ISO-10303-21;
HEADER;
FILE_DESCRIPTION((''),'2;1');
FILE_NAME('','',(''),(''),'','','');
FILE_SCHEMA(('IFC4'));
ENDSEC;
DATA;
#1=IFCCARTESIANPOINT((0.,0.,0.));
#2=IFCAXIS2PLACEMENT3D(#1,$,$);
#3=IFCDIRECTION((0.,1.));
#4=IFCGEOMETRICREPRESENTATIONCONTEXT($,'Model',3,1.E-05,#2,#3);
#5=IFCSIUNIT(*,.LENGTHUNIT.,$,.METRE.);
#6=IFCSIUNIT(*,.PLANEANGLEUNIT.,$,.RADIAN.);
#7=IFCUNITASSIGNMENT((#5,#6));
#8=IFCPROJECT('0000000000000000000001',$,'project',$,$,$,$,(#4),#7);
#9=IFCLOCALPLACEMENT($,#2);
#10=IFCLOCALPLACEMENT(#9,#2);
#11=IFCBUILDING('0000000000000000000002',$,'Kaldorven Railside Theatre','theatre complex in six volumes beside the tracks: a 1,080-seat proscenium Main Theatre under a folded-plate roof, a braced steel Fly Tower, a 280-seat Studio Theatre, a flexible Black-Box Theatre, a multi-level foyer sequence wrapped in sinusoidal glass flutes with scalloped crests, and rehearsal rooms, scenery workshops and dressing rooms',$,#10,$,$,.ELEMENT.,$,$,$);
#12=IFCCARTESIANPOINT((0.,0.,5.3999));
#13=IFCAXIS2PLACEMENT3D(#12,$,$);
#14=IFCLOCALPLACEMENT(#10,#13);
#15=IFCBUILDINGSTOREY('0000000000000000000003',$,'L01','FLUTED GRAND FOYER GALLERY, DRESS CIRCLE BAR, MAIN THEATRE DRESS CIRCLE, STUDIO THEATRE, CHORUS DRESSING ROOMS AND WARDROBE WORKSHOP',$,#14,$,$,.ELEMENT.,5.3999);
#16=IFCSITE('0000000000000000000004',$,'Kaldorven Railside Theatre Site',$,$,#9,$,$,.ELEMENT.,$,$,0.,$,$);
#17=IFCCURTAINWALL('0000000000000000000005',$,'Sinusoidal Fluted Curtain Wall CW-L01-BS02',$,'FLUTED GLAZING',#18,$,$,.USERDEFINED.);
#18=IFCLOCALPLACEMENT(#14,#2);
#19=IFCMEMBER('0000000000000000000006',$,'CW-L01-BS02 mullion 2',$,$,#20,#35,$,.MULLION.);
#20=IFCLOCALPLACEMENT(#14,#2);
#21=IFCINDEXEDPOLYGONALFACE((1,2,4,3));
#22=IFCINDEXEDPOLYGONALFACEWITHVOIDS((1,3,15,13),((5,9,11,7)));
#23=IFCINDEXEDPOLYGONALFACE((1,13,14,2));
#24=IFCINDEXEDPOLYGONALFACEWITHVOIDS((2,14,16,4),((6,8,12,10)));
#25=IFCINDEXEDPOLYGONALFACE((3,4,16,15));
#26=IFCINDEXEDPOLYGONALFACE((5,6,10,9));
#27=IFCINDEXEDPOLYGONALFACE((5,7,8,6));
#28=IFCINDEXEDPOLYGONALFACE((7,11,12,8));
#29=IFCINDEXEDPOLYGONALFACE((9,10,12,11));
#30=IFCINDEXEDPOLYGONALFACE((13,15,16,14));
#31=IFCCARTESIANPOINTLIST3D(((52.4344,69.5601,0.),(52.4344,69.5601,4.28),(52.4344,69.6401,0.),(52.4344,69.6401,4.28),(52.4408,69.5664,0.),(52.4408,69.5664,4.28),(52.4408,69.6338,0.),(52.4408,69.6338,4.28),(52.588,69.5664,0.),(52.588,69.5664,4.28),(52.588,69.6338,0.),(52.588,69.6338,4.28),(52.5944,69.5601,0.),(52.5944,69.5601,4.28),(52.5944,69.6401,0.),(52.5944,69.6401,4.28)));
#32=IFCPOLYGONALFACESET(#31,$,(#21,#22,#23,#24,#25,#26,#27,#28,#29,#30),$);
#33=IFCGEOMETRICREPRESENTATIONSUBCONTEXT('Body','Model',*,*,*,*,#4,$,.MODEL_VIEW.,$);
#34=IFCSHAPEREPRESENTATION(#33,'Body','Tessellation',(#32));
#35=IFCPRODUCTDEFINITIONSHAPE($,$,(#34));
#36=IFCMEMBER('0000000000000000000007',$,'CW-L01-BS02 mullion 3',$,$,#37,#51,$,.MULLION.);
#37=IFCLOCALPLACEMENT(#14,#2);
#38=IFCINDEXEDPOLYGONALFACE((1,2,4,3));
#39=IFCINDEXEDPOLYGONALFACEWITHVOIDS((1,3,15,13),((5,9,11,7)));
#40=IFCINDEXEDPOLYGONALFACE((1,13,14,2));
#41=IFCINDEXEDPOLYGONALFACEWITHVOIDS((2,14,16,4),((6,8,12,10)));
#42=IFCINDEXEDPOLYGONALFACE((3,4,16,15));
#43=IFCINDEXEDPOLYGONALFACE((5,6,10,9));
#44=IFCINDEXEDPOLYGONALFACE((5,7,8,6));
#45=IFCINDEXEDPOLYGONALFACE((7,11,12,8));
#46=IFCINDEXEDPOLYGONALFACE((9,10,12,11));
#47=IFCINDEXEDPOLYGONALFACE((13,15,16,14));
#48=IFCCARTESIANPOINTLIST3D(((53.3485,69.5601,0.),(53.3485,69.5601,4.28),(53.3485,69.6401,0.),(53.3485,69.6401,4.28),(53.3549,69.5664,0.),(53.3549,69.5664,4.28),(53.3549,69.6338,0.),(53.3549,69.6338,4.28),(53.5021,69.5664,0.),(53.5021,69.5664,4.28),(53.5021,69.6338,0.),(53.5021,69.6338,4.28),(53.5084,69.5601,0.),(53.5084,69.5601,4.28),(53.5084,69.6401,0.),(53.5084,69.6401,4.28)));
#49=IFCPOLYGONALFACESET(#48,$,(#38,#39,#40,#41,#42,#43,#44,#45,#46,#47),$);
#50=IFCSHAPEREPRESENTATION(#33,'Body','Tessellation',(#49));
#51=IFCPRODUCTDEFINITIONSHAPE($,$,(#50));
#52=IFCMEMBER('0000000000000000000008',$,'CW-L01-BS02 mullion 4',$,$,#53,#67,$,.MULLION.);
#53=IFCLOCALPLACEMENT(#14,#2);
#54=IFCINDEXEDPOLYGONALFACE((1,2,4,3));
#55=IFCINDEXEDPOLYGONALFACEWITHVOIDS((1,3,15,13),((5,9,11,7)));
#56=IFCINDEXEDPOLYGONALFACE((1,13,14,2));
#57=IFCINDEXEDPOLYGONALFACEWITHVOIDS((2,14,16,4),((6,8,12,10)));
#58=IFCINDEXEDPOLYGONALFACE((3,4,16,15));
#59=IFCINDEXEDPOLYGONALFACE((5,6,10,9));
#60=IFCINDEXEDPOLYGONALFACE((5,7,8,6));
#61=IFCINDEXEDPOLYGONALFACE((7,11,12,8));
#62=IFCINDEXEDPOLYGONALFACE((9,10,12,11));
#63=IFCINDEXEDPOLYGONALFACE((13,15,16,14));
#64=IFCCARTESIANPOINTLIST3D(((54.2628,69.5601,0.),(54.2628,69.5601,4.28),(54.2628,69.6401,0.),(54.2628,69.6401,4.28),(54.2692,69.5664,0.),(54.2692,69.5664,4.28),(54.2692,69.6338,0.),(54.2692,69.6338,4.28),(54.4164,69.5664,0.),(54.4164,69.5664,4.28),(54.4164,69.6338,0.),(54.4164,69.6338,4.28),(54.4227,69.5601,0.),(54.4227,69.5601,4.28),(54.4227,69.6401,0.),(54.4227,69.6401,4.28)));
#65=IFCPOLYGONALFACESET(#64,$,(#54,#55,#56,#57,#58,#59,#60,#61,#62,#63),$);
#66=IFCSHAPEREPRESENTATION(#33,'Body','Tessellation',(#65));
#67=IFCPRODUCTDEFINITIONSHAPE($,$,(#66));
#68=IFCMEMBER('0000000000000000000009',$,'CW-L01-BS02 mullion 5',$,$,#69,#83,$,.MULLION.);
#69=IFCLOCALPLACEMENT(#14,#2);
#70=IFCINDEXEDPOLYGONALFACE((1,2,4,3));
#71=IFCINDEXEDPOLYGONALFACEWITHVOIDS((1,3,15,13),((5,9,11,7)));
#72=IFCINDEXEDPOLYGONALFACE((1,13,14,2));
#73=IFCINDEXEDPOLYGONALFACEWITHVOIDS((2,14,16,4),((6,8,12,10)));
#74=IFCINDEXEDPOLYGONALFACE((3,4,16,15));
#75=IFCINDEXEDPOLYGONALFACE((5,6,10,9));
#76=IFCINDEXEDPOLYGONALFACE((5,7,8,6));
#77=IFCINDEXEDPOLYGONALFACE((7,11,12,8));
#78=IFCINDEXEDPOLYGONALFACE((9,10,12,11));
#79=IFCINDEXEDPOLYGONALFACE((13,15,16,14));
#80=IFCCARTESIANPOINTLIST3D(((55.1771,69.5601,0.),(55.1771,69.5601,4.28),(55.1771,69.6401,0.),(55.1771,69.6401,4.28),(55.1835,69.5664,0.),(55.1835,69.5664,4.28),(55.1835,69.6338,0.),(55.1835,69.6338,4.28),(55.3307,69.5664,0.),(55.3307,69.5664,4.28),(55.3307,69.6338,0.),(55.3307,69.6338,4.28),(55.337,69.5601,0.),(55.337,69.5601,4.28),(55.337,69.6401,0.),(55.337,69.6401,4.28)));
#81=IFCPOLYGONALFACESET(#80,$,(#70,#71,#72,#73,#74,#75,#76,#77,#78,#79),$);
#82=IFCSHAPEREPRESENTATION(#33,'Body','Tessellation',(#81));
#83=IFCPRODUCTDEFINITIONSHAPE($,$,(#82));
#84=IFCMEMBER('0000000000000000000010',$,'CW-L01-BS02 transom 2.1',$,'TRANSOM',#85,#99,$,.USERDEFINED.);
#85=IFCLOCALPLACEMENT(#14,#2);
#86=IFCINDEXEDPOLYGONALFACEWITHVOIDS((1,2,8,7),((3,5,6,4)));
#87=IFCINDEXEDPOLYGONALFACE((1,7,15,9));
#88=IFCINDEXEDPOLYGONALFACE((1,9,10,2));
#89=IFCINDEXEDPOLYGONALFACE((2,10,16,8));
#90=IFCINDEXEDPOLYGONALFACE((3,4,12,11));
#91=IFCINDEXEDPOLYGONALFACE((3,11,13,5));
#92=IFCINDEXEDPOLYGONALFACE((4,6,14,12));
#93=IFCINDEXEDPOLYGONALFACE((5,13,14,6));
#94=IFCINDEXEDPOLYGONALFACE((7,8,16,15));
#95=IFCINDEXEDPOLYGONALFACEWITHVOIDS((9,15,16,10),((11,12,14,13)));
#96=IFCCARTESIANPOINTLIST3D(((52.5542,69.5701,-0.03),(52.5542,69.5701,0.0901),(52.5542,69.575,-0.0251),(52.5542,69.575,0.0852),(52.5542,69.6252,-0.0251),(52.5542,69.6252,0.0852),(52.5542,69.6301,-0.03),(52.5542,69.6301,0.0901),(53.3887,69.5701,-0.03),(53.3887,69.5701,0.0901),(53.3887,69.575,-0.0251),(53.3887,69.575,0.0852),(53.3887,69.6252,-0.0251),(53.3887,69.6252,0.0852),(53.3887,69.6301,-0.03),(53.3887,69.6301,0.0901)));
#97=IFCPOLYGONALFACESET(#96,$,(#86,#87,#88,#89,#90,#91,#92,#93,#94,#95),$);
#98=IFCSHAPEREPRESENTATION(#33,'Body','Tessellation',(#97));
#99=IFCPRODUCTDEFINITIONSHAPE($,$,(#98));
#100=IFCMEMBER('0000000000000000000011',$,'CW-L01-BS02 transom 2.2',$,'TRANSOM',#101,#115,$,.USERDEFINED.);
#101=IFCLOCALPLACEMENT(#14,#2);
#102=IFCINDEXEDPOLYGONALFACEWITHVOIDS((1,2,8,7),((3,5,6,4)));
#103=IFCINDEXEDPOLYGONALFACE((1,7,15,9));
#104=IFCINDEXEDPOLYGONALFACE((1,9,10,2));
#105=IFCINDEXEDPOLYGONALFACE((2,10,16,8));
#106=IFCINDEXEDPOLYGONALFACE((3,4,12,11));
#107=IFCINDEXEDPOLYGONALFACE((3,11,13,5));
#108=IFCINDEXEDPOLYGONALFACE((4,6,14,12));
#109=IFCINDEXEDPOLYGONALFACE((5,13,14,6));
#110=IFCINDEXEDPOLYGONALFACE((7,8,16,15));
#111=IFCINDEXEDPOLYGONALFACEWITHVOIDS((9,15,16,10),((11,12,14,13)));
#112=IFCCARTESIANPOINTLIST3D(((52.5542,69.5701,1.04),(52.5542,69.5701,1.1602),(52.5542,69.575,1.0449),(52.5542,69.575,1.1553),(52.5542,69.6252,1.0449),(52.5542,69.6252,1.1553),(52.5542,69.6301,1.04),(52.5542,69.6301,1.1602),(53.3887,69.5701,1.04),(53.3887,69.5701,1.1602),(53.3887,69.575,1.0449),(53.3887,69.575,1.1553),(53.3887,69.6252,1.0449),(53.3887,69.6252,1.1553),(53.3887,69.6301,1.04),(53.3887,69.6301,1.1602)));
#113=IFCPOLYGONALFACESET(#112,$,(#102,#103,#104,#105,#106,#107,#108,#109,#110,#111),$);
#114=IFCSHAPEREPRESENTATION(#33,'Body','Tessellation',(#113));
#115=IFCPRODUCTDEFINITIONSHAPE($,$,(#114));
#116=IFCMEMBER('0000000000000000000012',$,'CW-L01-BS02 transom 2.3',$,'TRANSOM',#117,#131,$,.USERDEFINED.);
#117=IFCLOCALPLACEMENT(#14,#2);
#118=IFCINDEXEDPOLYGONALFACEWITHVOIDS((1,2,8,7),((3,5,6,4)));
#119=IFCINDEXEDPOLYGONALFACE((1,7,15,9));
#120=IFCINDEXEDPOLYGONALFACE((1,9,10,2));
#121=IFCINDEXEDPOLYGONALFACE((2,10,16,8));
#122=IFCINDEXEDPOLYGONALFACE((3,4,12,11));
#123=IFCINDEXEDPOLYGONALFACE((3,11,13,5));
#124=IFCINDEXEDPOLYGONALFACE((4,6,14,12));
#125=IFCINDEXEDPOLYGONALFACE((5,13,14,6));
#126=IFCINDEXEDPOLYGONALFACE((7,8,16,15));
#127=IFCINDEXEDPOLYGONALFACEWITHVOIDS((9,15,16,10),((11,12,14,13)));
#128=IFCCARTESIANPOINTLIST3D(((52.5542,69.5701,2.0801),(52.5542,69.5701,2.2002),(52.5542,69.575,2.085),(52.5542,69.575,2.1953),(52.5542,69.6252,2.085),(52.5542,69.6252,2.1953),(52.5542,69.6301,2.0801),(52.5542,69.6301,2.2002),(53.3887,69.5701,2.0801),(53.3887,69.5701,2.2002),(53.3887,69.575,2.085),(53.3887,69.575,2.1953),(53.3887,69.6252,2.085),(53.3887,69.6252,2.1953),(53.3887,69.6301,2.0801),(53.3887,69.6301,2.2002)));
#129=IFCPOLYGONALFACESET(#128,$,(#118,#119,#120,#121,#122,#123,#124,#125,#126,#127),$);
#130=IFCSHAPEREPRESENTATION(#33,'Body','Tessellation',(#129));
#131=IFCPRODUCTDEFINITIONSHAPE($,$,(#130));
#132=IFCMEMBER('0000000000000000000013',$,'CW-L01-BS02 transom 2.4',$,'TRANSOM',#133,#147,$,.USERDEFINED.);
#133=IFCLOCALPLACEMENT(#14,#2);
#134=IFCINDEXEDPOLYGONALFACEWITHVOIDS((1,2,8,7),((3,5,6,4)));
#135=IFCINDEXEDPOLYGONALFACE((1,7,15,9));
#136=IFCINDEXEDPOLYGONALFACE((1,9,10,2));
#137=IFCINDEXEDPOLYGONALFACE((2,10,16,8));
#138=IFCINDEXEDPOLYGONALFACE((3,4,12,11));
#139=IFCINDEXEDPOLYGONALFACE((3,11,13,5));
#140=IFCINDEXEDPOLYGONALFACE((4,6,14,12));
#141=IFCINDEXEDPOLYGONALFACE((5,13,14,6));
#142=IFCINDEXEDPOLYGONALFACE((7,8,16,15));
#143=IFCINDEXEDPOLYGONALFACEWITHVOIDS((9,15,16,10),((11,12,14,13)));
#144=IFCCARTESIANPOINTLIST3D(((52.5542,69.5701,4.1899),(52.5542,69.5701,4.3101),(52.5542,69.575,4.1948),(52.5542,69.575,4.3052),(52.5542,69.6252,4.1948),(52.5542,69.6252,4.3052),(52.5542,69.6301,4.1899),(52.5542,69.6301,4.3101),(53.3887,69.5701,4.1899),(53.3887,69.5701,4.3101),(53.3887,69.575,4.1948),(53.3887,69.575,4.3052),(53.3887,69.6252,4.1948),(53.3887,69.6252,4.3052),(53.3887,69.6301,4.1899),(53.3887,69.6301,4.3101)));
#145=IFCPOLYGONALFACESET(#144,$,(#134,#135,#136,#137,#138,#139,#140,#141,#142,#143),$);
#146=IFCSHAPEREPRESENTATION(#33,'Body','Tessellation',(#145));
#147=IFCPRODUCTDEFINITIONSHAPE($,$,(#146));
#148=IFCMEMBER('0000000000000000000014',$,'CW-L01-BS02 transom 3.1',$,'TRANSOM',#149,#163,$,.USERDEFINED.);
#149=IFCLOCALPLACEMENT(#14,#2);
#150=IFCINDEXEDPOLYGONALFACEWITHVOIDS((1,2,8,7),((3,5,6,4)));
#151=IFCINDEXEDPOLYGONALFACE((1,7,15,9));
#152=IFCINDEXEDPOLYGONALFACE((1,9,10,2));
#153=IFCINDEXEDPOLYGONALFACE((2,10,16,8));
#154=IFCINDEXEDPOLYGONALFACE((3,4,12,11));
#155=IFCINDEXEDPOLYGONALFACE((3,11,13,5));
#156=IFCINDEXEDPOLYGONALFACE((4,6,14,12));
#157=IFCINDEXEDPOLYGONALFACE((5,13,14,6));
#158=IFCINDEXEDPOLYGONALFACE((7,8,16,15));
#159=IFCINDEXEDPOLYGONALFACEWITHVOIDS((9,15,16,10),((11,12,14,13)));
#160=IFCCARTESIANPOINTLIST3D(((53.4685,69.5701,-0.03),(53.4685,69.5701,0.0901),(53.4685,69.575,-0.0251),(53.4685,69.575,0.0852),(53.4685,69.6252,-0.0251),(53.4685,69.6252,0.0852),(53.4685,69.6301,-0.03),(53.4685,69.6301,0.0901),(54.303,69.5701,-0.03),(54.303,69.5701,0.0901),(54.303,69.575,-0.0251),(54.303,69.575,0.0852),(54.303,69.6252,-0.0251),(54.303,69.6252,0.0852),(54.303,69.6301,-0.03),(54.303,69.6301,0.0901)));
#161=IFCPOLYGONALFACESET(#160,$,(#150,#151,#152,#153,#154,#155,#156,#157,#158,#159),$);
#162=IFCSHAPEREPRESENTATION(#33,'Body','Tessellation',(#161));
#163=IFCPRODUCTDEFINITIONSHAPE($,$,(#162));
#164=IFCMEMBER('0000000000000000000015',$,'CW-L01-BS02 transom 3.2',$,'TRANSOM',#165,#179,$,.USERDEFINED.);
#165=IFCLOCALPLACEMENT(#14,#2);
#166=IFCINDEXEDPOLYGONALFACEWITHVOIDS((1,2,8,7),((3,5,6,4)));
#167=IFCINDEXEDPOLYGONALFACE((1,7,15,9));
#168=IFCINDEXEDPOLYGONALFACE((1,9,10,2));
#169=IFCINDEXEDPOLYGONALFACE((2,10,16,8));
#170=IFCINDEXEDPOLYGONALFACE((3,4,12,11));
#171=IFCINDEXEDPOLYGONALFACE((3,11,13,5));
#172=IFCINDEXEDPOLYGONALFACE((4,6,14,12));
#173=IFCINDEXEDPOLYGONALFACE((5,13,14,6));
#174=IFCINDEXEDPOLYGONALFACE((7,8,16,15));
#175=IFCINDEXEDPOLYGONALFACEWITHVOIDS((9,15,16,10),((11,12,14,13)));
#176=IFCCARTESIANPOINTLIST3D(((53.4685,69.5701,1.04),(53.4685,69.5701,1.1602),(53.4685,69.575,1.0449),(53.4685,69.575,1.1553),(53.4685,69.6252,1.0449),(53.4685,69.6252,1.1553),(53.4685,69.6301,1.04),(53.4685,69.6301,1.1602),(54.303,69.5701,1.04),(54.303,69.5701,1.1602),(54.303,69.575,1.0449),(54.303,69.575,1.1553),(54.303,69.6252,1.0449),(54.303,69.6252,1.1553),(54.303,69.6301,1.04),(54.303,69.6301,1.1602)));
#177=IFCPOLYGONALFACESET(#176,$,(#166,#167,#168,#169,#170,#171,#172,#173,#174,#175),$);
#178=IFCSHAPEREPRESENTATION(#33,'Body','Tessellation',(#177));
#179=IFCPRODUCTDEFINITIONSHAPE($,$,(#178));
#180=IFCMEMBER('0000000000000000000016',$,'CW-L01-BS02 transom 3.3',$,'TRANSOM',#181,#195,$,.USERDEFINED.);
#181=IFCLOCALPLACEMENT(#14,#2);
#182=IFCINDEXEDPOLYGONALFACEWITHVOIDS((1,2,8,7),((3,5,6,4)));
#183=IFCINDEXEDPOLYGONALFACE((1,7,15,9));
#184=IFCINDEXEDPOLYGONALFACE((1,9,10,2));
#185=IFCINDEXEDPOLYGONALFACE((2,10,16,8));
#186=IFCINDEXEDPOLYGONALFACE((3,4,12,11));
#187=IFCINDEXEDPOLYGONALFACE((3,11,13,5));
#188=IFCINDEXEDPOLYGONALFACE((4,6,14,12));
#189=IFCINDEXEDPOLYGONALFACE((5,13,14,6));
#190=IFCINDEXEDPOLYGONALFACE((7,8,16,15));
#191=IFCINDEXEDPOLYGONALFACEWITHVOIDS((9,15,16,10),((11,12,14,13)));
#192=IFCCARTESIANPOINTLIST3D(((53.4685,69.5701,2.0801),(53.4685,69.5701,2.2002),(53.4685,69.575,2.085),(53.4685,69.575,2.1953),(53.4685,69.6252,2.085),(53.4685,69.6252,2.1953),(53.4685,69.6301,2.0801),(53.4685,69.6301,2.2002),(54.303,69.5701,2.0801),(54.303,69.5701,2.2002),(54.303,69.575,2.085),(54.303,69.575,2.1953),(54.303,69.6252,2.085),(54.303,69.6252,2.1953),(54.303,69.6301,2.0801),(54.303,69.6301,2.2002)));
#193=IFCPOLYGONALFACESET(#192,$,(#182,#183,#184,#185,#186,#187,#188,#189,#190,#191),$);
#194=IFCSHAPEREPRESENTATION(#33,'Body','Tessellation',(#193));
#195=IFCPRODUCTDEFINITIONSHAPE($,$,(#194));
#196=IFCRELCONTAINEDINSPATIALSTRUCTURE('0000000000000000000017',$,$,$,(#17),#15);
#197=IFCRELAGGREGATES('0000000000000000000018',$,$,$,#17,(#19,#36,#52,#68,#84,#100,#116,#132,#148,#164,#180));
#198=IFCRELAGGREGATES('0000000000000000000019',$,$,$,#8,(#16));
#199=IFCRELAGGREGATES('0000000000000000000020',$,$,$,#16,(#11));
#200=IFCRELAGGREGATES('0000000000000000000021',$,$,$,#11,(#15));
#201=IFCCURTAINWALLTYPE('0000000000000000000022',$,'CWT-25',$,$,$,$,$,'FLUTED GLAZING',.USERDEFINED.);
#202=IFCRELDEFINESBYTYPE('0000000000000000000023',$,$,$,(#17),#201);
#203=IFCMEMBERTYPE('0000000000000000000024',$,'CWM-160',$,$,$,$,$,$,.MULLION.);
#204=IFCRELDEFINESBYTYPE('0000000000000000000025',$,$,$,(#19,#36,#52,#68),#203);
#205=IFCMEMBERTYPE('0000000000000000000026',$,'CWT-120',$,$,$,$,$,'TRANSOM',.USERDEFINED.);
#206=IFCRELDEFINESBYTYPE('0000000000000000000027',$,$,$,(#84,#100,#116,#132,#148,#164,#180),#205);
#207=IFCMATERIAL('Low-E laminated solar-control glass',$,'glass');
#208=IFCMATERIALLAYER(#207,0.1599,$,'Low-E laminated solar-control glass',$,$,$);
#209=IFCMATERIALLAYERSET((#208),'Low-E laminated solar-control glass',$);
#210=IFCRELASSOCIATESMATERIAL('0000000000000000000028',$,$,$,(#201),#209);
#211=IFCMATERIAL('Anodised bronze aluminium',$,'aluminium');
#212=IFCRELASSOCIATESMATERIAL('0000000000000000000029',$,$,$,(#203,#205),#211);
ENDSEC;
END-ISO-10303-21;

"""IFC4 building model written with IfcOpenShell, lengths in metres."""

from ifc_helpers import new_model, si_unit, direction, frame, origin, origin_2d, place, context, subcontext, project, spatial, hollow_rectangle, extrude, material, layer, layer_set, material_profile, profile_set, type_object, element, aggregate, save


model = new_model("IFC4")

# Units and contexts
model_context = context("Model", 3, precision=1e-05, world=origin(), true_north=direction((0.0, 1.0)))
body_context = subcontext(model_context, "Body", "Model", "MODEL_VIEW")
ifc_project = project(units=[si_unit("LENGTHUNIT", "METRE"), si_unit("PLANEANGLEUNIT", "RADIAN")], contexts=[model_context])

# Site, building, storey
site_placement = place(None, origin())
site = spatial("IfcSite", under=ifc_project, at=site_placement, Name="Kaldorven Railside Theatre Site", CompositionType="ELEMENT", RefElevation=0.0)
building_placement = place(site_placement, origin())
building = spatial("IfcBuilding", under=site, at=building_placement, Name="Kaldorven Railside Theatre", Description="theatre complex in six volumes beside the tracks: a 1,080-seat proscenium Main Theatre under a folded-plate roof, a braced steel Fly Tower, a 280-seat Studio Theatre, a flexible Black-Box Theatre, a multi-level foyer sequence wrapped in sinusoidal glass flutes with scalloped crests, and rehearsal rooms, scenery workshops and dressing rooms", CompositionType="ELEMENT")
storey_placement = place(building_placement, frame((0.0, 0.0, 5.3999)))
storey = spatial("IfcBuildingStorey", under=building, at=storey_placement, Name="L01", Description="FLUTED GRAND FOYER GALLERY, DRESS CIRCLE BAR, MAIN THEATRE DRESS CIRCLE, STUDIO THEATRE, CHORUS DRESSING ROOMS AND WARDROBE WORKSHOP", CompositionType="ELEMENT", Elevation=5.3999)

# Curtain wall, members
ifc_material_1 = material(Name="Low-E laminated solar-control glass", Category="glass")
ifc_layer_1 = layer(ifc_material_1, 0.1599, Name="Low-E laminated solar-control glass")
ifc_layer_set_1 = layer_set([ifc_layer_1], Name="Low-E laminated solar-control glass")
curtain_wall_type = type_object("IfcCurtainWallType", Name="CWT-25", ElementType="FLUTED GLAZING", PredefinedType="USERDEFINED", material=ifc_layer_set_1)
curtain_wall_placement = place(storey_placement, origin())
curtain_wall = element("IfcCurtainWall", 1, at=curtain_wall_placement, inside=storey, type_object=curtain_wall_type, Name="Sinusoidal Fluted Curtain Wall CW-L01-BS02", ObjectType="FLUTED GLAZING", PredefinedType="USERDEFINED")
ifc_material_2 = material(Name="Anodised bronze aluminium", Category="aluminium")
ifc_material_profile_1 = material_profile(ifc_material_2, hollow_rectangle(XDim=0.0801, YDim=0.1599, WallThickness=0.0063, at=origin_2d()), Name="RHS 160x80x6.3")
ifc_profile_set_1 = profile_set([ifc_material_profile_1], Name="Anodised bronze aluminium")
member_type_1 = type_object("IfcMemberType", Name="CWM-160", PredefinedType="MULLION", material=ifc_profile_set_1)
member_1_placement = place(storey_placement, frame((52.5144, 69.6001, 0.0), z_axis=(0.0, 0.0, 1.0), x_axis=(0.0, 1.0, 0.0)))
member_1 = element("IfcMember", 2, at=member_1_placement, type_object=member_type_1, Name="CW-L01-BS02 mullion 2", PredefinedType="MULLION", context=body_context, shape_type="SweptSolid", body=[
    extrude(hollow_rectangle(XDim=0.0801, YDim=0.1599, WallThickness=0.0063, at=origin_2d()), origin(), (0.0, 0.0, 1.0), 4.28),
])
member_2_placement = place(storey_placement, frame((53.4285, 69.6001, 0.0), z_axis=(0.0, 0.0, 1.0), x_axis=(0.0, 1.0, 0.0)))
member_2 = element("IfcMember", 3, at=member_2_placement, type_object=member_type_1, Name="CW-L01-BS02 mullion 3", PredefinedType="MULLION", context=body_context, shape_type="SweptSolid", body=[
    extrude(hollow_rectangle(XDim=0.0801, YDim=0.1599, WallThickness=0.0063, at=origin_2d()), origin(), (0.0, 0.0, 1.0), 4.28),
])
member_3_placement = place(storey_placement, frame((54.3428, 69.6001, 0.0), z_axis=(0.0, 0.0, 1.0), x_axis=(0.0, 1.0, 0.0)))
member_3 = element("IfcMember", 4, at=member_3_placement, type_object=member_type_1, Name="CW-L01-BS02 mullion 4", PredefinedType="MULLION", context=body_context, shape_type="SweptSolid", body=[
    extrude(hollow_rectangle(XDim=0.0801, YDim=0.1599, WallThickness=0.0063, at=origin_2d()), origin(), (0.0, 0.0, 1.0), 4.28),
])
member_4_placement = place(storey_placement, frame((55.2571, 69.6001, 0.0), z_axis=(0.0, 0.0, 1.0), x_axis=(0.0, 1.0, 0.0)))
member_4 = element("IfcMember", 5, at=member_4_placement, type_object=member_type_1, Name="CW-L01-BS02 mullion 5", PredefinedType="MULLION", context=body_context, shape_type="SweptSolid", body=[
    extrude(hollow_rectangle(XDim=0.0801, YDim=0.1599, WallThickness=0.0063, at=origin_2d()), origin(), (0.0, 0.0, 1.0), 4.28),
])
ifc_material_profile_2 = material_profile(ifc_material_2, hollow_rectangle(XDim=0.0601, YDim=0.1201, WallThickness=0.0049, at=origin_2d()), Name="RHS 120x60x5")
ifc_profile_set_2 = profile_set([ifc_material_profile_2], Name="Anodised bronze aluminium")
member_type_2 = type_object("IfcMemberType", Name="CWT-120", ElementType="TRANSOM", PredefinedType="USERDEFINED", material=ifc_profile_set_2)
member_5_placement = place(storey_placement, frame((52.5542, 69.6001, 0.03), z_axis=(1.0, 0.0, 0.0), x_axis=(0.0, 1.0, 0.0)))
member_5 = element("IfcMember", 6, at=member_5_placement, type_object=member_type_2, Name="CW-L01-BS02 transom 2.1", ObjectType="TRANSOM", PredefinedType="USERDEFINED", context=body_context, shape_type="SweptSolid", body=[
    extrude(hollow_rectangle(XDim=0.0601, YDim=0.1201, WallThickness=0.0049, at=origin_2d()), origin(), (0.0, 0.0, 1.0), 0.8345),
])
member_6_placement = place(storey_placement, frame((52.5542, 69.6001, 1.1001), z_axis=(1.0, 0.0, 0.0), x_axis=(0.0, 1.0, 0.0)))
member_6 = element("IfcMember", 7, at=member_6_placement, type_object=member_type_2, Name="CW-L01-BS02 transom 2.2", ObjectType="TRANSOM", PredefinedType="USERDEFINED", context=body_context, shape_type="SweptSolid", body=[
    extrude(hollow_rectangle(XDim=0.0601, YDim=0.1201, WallThickness=0.0049, at=origin_2d()), origin(), (0.0, 0.0, 1.0), 0.8345),
])
member_7_placement = place(storey_placement, frame((52.5542, 69.6001, 2.1401), z_axis=(1.0, 0.0, 0.0), x_axis=(0.0, 1.0, 0.0)))
member_7 = element("IfcMember", 8, at=member_7_placement, type_object=member_type_2, Name="CW-L01-BS02 transom 2.3", ObjectType="TRANSOM", PredefinedType="USERDEFINED", context=body_context, shape_type="SweptSolid", body=[
    extrude(hollow_rectangle(XDim=0.0601, YDim=0.1201, WallThickness=0.0049, at=origin_2d()), origin(), (0.0, 0.0, 1.0), 0.8345),
])
member_8_placement = place(storey_placement, frame((52.5542, 69.6001, 4.25), z_axis=(1.0, 0.0, 0.0), x_axis=(0.0, 1.0, 0.0)))
member_8 = element("IfcMember", 9, at=member_8_placement, type_object=member_type_2, Name="CW-L01-BS02 transom 2.4", ObjectType="TRANSOM", PredefinedType="USERDEFINED", context=body_context, shape_type="SweptSolid", body=[
    extrude(hollow_rectangle(XDim=0.0601, YDim=0.1201, WallThickness=0.0049, at=origin_2d()), origin(), (0.0, 0.0, 1.0), 0.8345),
])
member_9_placement = place(storey_placement, frame((53.4685, 69.6001, 0.03), z_axis=(1.0, 0.0, 0.0), x_axis=(0.0, 1.0, 0.0)))
member_9 = element("IfcMember", 10, at=member_9_placement, type_object=member_type_2, Name="CW-L01-BS02 transom 3.1", ObjectType="TRANSOM", PredefinedType="USERDEFINED", context=body_context, shape_type="SweptSolid", body=[
    extrude(hollow_rectangle(XDim=0.0601, YDim=0.1201, WallThickness=0.0049, at=origin_2d()), origin(), (0.0, 0.0, 1.0), 0.8345),
])
member_10_placement = place(storey_placement, frame((53.4685, 69.6001, 1.1001), z_axis=(1.0, 0.0, 0.0), x_axis=(0.0, 1.0, 0.0)))
member_10 = element("IfcMember", 11, at=member_10_placement, type_object=member_type_2, Name="CW-L01-BS02 transom 3.2", ObjectType="TRANSOM", PredefinedType="USERDEFINED", context=body_context, shape_type="SweptSolid", body=[
    extrude(hollow_rectangle(XDim=0.0601, YDim=0.1201, WallThickness=0.0049, at=origin_2d()), origin(), (0.0, 0.0, 1.0), 0.8345),
])
member_11_placement = place(storey_placement, frame((53.4685, 69.6001, 2.1401), z_axis=(1.0, 0.0, 0.0), x_axis=(0.0, 1.0, 0.0)))
member_11 = element("IfcMember", 12, at=member_11_placement, type_object=member_type_2, Name="CW-L01-BS02 transom 3.3", ObjectType="TRANSOM", PredefinedType="USERDEFINED", context=body_context, shape_type="SweptSolid", body=[
    extrude(hollow_rectangle(XDim=0.0601, YDim=0.1201, WallThickness=0.0049, at=origin_2d()), origin(), (0.0, 0.0, 1.0), 0.8345),
])
aggregate(curtain_wall, [member_1, member_2, member_3, member_4, member_5, member_6, member_7, member_8, member_9, member_10, member_11])

save(model, "model.ifc")
